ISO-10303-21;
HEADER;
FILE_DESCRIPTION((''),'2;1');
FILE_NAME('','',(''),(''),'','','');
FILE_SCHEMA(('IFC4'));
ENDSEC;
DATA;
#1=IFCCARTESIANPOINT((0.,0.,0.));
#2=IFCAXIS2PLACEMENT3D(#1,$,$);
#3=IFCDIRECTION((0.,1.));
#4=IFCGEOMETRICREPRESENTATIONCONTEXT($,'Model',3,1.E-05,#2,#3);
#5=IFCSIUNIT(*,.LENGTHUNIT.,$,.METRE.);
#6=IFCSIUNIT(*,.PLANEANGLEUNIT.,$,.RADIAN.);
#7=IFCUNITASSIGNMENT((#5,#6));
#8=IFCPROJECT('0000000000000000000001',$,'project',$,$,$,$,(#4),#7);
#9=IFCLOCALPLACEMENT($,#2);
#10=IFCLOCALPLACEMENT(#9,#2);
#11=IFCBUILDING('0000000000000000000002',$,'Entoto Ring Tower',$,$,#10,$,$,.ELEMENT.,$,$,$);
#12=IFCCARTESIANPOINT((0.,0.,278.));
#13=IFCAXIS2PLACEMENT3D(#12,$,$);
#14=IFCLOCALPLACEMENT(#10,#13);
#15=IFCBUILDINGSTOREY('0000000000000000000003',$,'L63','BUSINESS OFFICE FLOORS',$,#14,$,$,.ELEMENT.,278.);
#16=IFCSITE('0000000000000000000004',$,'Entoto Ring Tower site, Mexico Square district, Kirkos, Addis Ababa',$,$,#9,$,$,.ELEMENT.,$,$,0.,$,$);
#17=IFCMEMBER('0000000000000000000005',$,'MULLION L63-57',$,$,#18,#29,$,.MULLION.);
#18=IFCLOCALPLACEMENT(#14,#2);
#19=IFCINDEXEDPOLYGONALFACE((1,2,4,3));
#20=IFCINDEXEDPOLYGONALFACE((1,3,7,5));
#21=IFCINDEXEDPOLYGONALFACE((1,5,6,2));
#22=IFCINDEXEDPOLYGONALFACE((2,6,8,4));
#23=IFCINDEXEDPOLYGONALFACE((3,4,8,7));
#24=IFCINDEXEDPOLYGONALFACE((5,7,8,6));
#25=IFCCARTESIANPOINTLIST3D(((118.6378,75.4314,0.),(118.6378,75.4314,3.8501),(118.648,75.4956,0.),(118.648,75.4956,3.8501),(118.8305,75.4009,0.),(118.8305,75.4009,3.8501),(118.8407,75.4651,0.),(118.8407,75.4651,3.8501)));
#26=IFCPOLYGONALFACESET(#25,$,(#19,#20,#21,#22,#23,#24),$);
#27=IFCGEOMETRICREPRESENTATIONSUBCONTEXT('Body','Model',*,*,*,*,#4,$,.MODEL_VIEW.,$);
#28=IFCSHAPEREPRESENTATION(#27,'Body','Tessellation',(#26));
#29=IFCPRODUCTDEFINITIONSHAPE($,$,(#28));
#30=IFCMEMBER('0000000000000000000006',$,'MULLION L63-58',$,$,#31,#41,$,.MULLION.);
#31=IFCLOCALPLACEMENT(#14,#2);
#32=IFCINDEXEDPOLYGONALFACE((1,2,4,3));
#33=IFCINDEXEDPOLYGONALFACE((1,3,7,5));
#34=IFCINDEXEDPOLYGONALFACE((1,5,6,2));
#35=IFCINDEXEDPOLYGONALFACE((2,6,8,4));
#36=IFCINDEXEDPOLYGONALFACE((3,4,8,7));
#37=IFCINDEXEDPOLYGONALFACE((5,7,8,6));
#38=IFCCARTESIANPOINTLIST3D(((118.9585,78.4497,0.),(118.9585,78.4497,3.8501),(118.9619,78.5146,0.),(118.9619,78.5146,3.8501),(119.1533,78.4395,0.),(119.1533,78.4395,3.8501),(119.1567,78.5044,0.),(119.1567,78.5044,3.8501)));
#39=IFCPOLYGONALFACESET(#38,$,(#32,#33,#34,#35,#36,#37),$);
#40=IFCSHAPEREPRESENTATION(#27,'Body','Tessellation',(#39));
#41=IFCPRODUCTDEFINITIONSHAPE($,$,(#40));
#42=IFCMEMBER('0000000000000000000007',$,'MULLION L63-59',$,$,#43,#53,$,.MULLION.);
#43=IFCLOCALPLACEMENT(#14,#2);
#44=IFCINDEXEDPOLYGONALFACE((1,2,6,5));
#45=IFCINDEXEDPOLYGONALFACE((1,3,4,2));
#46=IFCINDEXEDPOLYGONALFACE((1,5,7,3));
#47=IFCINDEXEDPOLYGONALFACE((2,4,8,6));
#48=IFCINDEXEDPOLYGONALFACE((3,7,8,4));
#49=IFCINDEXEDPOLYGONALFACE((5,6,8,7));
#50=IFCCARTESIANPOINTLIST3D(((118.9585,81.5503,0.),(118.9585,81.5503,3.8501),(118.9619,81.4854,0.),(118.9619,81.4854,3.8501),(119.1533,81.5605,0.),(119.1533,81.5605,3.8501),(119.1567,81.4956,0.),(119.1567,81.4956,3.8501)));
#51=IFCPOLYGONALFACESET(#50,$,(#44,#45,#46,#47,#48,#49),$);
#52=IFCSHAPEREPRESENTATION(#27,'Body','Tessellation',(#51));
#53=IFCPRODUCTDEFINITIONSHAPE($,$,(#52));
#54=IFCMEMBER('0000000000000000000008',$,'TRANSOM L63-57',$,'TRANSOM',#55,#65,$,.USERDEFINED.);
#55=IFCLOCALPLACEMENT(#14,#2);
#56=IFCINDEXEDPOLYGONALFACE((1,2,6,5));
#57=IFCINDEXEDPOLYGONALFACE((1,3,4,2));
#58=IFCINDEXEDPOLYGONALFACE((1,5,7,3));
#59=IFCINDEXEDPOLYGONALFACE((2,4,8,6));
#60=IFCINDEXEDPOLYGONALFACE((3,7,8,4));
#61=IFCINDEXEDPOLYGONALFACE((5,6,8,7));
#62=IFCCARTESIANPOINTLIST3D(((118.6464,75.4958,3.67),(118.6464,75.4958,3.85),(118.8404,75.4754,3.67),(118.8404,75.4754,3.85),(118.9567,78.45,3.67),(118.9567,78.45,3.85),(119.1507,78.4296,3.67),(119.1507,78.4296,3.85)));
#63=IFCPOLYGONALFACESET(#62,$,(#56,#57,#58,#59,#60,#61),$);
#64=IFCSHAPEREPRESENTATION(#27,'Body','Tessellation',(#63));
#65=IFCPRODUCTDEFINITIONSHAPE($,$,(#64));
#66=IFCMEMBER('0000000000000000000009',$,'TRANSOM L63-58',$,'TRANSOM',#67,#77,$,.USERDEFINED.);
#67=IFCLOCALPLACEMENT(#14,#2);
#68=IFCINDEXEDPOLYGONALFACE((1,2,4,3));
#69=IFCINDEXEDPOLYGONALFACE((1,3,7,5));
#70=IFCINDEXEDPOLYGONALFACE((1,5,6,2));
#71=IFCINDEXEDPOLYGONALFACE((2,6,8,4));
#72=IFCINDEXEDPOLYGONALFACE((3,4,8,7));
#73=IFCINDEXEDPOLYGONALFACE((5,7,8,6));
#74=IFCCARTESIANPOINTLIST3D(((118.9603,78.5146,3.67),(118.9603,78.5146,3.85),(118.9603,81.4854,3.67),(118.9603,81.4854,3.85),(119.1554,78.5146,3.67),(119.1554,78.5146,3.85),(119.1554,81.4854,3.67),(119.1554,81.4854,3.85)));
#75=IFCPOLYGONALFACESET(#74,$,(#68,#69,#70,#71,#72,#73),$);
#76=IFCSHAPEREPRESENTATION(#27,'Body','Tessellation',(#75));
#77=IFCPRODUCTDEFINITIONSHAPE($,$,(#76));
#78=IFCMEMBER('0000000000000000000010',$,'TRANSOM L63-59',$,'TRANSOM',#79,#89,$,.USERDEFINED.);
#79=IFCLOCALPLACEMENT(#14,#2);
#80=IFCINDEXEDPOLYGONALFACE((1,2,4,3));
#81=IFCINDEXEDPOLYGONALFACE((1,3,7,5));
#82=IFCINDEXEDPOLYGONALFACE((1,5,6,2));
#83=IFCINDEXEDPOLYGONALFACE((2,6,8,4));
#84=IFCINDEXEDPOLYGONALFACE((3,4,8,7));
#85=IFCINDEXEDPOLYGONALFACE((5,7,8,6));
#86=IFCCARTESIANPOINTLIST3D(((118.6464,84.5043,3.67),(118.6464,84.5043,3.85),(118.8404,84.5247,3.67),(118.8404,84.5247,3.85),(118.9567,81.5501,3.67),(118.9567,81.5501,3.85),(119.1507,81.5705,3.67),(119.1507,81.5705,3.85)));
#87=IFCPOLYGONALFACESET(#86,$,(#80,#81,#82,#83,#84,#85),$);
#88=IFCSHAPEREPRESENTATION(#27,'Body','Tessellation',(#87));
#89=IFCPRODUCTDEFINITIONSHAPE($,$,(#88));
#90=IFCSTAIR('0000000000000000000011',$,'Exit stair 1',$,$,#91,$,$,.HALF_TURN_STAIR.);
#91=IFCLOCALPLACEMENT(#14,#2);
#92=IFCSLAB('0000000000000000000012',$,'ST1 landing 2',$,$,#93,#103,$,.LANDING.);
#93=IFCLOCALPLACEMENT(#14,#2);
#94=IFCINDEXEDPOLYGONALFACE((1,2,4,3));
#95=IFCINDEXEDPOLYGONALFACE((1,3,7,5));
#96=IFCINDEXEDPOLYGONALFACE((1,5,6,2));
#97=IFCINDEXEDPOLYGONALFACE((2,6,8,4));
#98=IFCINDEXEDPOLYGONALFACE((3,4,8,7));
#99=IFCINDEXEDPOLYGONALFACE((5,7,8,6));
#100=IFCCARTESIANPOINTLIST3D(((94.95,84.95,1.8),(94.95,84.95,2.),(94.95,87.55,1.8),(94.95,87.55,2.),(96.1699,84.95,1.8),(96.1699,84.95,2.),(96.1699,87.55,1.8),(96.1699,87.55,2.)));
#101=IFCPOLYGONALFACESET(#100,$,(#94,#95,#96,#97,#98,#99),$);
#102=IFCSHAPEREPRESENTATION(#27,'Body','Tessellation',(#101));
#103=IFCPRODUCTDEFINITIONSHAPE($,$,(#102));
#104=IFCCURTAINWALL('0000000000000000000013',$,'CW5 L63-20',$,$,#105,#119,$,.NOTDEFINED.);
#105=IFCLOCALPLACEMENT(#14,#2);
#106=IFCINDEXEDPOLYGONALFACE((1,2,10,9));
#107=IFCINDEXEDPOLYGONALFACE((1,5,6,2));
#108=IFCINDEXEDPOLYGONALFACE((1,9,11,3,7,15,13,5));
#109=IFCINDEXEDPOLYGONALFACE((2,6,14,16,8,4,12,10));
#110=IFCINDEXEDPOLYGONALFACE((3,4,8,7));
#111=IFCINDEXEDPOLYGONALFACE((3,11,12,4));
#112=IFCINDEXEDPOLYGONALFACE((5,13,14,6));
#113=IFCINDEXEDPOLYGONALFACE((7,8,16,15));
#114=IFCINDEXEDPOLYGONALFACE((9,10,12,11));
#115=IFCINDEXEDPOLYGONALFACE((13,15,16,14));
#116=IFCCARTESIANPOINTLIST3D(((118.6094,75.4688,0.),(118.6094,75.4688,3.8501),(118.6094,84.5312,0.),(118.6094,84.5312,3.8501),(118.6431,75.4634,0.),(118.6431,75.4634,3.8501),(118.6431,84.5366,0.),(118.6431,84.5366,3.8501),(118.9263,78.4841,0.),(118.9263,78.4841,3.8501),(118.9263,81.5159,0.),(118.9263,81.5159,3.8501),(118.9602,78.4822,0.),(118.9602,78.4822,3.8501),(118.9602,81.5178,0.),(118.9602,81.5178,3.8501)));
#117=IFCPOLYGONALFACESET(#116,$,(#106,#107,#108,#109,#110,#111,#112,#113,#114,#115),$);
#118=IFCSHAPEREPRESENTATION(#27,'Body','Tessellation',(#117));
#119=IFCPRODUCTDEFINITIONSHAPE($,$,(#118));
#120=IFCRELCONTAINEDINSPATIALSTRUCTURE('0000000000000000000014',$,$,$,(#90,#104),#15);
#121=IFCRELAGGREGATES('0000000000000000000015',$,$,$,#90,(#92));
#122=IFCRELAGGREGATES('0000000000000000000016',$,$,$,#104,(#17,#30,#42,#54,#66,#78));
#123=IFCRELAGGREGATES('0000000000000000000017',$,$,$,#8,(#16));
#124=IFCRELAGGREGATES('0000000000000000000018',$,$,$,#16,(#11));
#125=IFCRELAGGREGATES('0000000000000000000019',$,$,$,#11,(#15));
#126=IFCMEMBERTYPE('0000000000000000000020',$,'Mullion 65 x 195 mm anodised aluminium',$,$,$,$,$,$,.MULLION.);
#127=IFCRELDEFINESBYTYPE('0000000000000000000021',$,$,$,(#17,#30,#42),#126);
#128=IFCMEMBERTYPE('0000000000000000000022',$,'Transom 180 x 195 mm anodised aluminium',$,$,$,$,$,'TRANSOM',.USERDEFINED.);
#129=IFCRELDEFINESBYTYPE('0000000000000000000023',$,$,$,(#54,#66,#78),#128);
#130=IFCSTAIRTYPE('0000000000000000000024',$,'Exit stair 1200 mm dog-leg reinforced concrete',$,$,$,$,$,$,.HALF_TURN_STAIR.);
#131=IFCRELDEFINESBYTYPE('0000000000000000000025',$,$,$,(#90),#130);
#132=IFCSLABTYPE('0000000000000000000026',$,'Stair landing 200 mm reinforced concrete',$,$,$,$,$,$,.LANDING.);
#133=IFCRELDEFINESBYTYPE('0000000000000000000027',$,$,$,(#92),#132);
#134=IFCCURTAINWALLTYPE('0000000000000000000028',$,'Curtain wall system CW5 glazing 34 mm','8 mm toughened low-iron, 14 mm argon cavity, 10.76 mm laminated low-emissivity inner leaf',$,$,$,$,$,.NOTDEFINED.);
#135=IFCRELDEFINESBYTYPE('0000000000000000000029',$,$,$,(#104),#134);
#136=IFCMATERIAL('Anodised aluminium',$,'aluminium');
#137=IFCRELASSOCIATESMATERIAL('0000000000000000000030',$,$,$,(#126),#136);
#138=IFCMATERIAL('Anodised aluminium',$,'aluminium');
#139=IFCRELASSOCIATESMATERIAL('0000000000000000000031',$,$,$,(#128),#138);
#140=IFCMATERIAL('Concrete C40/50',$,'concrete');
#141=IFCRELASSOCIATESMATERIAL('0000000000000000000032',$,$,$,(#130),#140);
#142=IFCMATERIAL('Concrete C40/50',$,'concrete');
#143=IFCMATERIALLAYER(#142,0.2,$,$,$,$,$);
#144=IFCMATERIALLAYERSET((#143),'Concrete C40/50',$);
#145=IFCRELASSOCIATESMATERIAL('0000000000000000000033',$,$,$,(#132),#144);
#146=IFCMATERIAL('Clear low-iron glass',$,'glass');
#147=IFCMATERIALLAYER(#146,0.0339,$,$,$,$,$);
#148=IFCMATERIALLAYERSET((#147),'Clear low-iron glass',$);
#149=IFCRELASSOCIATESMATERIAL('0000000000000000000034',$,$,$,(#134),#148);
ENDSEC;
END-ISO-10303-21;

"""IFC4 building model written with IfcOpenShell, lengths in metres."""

from ifc_helpers import new_model, si_unit, direction, frame, origin, origin_2d, place, context, subcontext, project, spatial, polyline, rectangle, outline, extrude, material, layer, layer_set, material_profile, profile_set, type_object, element, aggregate, save


model = new_model("IFC4")

# Units and contexts
model_context = context("Model", 3, precision=1e-05, world=origin(), true_north=direction((0.0, 1.0)))
body_context = subcontext(model_context, "Body", "Model", "MODEL_VIEW")
ifc_project = project(units=[si_unit("LENGTHUNIT", "METRE"), si_unit("PLANEANGLEUNIT", "RADIAN")], contexts=[model_context])

# Members
ifc_material_1 = material(Name="Anodised aluminium", Category="aluminium")
ifc_material_profile_1 = material_profile(ifc_material_1, rectangle(XDim=0.0649, YDim=0.1951, at=origin_2d()), Name="Mullion 65 x 195 mm anodised aluminium")
ifc_profile_set_1 = profile_set([ifc_material_profile_1], Name="Anodised aluminium")
member_type_1 = type_object("IfcMemberType", Name="Mullion 65 x 195 mm anodised aluminium", PredefinedType="MULLION", material=ifc_profile_set_1)
site_placement = place(None, origin())
building_placement = place(site_placement, origin())
storey_placement = place(building_placement, frame((0.0, 0.0, 278.0)))
member_1_placement = place(storey_placement, frame((118.7393, 75.4482, 0.0), z_axis=(0.0, 0.0, 1.0), x_axis=(0.156434, 0.987688, 0.0)))
member_1 = element("IfcMember", 1, at=member_1_placement, type_object=member_type_1, Name="MULLION L63-57", PredefinedType="MULLION", context=body_context, shape_type="SweptSolid", body=[
    extrude(rectangle(XDim=0.0649, YDim=0.1951, at=origin_2d()), origin(), (0.0, 0.0, 1.0), 3.8501),
])
member_2_placement = place(storey_placement, frame((119.0576, 78.4771, 0.0), z_axis=(0.0, 0.0, 1.0), x_axis=(0.052336, 0.99863, 0.0)))
member_2 = element("IfcMember", 2, at=member_2_placement, type_object=member_type_1, Name="MULLION L63-58", PredefinedType="MULLION", context=body_context, shape_type="SweptSolid", body=[
    extrude(rectangle(XDim=0.0649, YDim=0.1951, at=origin_2d()), origin(), (0.0, 0.0, 1.0), 3.8501),
])
member_3_placement = place(storey_placement, frame((119.0576, 81.5229, 0.0), z_axis=(0.0, 0.0, 1.0), x_axis=(-0.052336, 0.99863, 0.0)))
member_3 = element("IfcMember", 3, at=member_3_placement, type_object=member_type_1, Name="MULLION L63-59", PredefinedType="MULLION", context=body_context, shape_type="SweptSolid", body=[
    extrude(rectangle(XDim=0.0649, YDim=0.1951, at=origin_2d()), origin(), (0.0, 0.0, 1.0), 3.8501),
])
ifc_material_2 = material(Name="Anodised aluminium", Category="aluminium")
ifc_material_profile_2 = material_profile(ifc_material_2, rectangle(XDim=0.1951, YDim=0.1799, at=origin_2d()), Name="Transom 180 x 195 mm anodised aluminium")
ifc_profile_set_2 = profile_set([ifc_material_profile_2], Name="Anodised aluminium")
member_type_2 = type_object("IfcMemberType", Name="Transom 180 x 195 mm anodised aluminium", ElementType="TRANSOM", PredefinedType="USERDEFINED", material=ifc_profile_set_2)
member_4_placement = place(storey_placement, frame((118.7434, 75.4856, 3.76), z_axis=(0.104467, 0.994528, 0.0), x_axis=(-0.994528, 0.104467, 0.0)))
member_4 = element("IfcMember", 4, at=member_4_placement, type_object=member_type_2, Name="TRANSOM L63-57", ObjectType="TRANSOM", PredefinedType="USERDEFINED", context=body_context, shape_type="SweptSolid", body=[
    extrude(rectangle(XDim=0.1951, YDim=0.1799, at=origin_2d()), origin(), (0.0, 0.0, 1.0), 2.9705),
])
member_5_placement = place(storey_placement, frame((119.0579, 78.5146, 3.76), z_axis=(0.0, 1.0, 0.0), x_axis=(-1.0, 0.0, 0.0)))
member_5 = element("IfcMember", 5, at=member_5_placement, type_object=member_type_2, Name="TRANSOM L63-58", ObjectType="TRANSOM", PredefinedType="USERDEFINED", context=body_context, shape_type="SweptSolid", body=[
    extrude(rectangle(XDim=0.1951, YDim=0.1799, at=origin_2d()), origin(), (0.0, 0.0, 1.0), 2.9707),
])
member_6_placement = place(storey_placement, frame((119.0537, 81.5603, 3.76), z_axis=(-0.104467, 0.994528, 0.0), x_axis=(-0.994528, -0.104467, 0.0)))
member_6 = element("IfcMember", 6, at=member_6_placement, type_object=member_type_2, Name="TRANSOM L63-59", ObjectType="TRANSOM", PredefinedType="USERDEFINED", context=body_context, shape_type="SweptSolid", body=[
    extrude(rectangle(XDim=0.1951, YDim=0.1799, at=origin_2d()), origin(), (0.0, 0.0, 1.0), 2.9705),
])

# Site, building, storey
site = spatial("IfcSite", under=ifc_project, at=site_placement, Name="Entoto Ring Tower site, Mexico Square district, Kirkos, Addis Ababa", CompositionType="ELEMENT", RefElevation=0.0)
building = spatial("IfcBuilding", under=site, at=building_placement, Name="Entoto Ring Tower", CompositionType="ELEMENT")
storey = spatial("IfcBuildingStorey", under=building, at=storey_placement, Name="L63", Description="BUSINESS OFFICE FLOORS", CompositionType="ELEMENT", Elevation=278.0)

# Stair, slab
ifc_material_3 = material(Name="Concrete C40/50", Category="concrete")
stair_type = type_object("IfcStairType", Name="Exit stair 1200 mm dog-leg reinforced concrete", PredefinedType="HALF_TURN_STAIR", material=ifc_material_3)
stair_placement = place(storey_placement, origin())
stair = element("IfcStair", 7, at=stair_placement, inside=storey, type_object=stair_type, Name="Exit stair 1", PredefinedType="HALF_TURN_STAIR")
ifc_material_4 = material(Name="Concrete C40/50", Category="concrete")
ifc_layer_1 = layer(ifc_material_4, 0.2)
ifc_layer_set_1 = layer_set([ifc_layer_1], Name="Concrete C40/50")
slab_type = type_object("IfcSlabType", Name="Stair landing 200 mm reinforced concrete", PredefinedType="LANDING", material=ifc_layer_set_1)
slab_placement = place(storey_placement, frame((0.0, 0.0, 1.8)))
slab = element("IfcSlab", 8, at=slab_placement, type_object=slab_type, Name="ST1 landing 2", PredefinedType="LANDING", context=body_context, shape_type="SweptSolid", body=[
    extrude(outline(polyline([(94.95, 84.95), (96.1699, 84.95), (96.1699, 87.55), (94.95, 87.55), (94.95, 84.95)])), origin(), (0.0, 0.0, 1.0), 0.2),
])
aggregate(stair, [slab])

# Curtain wall
ifc_material_5 = material(Name="Clear low-iron glass", Category="glass")
ifc_layer_2 = layer(ifc_material_5, 0.0339)
ifc_layer_set_2 = layer_set([ifc_layer_2], Name="Clear low-iron glass")
curtain_wall_type = type_object("IfcCurtainWallType", Name="Curtain wall system CW5 glazing 34 mm", Description="8 mm toughened low-iron, 14 mm argon cavity, 10.76 mm laminated low-emissivity inner leaf", PredefinedType="NOTDEFINED", material=ifc_layer_set_2)
curtain_wall_1_placement = place(storey_placement, origin())
curtain_wall_1 = element("IfcCurtainWall", 9, at=curtain_wall_1_placement, inside=storey, type_object=curtain_wall_type, Name="CW5 L63-20", PredefinedType="NOTDEFINED", context=body_context, shape_type="SweptSolid", body=[
    extrude(outline(polyline([(118.6431, 75.4634), (118.9602, 78.4822), (118.9602, 81.5178), (118.6431, 84.5366), (118.6094, 84.5312), (118.9263, 81.5159), (118.9263, 78.4841), (118.6094, 75.4688), (118.6431, 75.4634)])), origin(), (0.0, 0.0, 1.0), 3.8501),
])
aggregate(curtain_wall_1, [member_1, member_2, member_3, member_4, member_5, member_6])

save(model, "model.ifc")
